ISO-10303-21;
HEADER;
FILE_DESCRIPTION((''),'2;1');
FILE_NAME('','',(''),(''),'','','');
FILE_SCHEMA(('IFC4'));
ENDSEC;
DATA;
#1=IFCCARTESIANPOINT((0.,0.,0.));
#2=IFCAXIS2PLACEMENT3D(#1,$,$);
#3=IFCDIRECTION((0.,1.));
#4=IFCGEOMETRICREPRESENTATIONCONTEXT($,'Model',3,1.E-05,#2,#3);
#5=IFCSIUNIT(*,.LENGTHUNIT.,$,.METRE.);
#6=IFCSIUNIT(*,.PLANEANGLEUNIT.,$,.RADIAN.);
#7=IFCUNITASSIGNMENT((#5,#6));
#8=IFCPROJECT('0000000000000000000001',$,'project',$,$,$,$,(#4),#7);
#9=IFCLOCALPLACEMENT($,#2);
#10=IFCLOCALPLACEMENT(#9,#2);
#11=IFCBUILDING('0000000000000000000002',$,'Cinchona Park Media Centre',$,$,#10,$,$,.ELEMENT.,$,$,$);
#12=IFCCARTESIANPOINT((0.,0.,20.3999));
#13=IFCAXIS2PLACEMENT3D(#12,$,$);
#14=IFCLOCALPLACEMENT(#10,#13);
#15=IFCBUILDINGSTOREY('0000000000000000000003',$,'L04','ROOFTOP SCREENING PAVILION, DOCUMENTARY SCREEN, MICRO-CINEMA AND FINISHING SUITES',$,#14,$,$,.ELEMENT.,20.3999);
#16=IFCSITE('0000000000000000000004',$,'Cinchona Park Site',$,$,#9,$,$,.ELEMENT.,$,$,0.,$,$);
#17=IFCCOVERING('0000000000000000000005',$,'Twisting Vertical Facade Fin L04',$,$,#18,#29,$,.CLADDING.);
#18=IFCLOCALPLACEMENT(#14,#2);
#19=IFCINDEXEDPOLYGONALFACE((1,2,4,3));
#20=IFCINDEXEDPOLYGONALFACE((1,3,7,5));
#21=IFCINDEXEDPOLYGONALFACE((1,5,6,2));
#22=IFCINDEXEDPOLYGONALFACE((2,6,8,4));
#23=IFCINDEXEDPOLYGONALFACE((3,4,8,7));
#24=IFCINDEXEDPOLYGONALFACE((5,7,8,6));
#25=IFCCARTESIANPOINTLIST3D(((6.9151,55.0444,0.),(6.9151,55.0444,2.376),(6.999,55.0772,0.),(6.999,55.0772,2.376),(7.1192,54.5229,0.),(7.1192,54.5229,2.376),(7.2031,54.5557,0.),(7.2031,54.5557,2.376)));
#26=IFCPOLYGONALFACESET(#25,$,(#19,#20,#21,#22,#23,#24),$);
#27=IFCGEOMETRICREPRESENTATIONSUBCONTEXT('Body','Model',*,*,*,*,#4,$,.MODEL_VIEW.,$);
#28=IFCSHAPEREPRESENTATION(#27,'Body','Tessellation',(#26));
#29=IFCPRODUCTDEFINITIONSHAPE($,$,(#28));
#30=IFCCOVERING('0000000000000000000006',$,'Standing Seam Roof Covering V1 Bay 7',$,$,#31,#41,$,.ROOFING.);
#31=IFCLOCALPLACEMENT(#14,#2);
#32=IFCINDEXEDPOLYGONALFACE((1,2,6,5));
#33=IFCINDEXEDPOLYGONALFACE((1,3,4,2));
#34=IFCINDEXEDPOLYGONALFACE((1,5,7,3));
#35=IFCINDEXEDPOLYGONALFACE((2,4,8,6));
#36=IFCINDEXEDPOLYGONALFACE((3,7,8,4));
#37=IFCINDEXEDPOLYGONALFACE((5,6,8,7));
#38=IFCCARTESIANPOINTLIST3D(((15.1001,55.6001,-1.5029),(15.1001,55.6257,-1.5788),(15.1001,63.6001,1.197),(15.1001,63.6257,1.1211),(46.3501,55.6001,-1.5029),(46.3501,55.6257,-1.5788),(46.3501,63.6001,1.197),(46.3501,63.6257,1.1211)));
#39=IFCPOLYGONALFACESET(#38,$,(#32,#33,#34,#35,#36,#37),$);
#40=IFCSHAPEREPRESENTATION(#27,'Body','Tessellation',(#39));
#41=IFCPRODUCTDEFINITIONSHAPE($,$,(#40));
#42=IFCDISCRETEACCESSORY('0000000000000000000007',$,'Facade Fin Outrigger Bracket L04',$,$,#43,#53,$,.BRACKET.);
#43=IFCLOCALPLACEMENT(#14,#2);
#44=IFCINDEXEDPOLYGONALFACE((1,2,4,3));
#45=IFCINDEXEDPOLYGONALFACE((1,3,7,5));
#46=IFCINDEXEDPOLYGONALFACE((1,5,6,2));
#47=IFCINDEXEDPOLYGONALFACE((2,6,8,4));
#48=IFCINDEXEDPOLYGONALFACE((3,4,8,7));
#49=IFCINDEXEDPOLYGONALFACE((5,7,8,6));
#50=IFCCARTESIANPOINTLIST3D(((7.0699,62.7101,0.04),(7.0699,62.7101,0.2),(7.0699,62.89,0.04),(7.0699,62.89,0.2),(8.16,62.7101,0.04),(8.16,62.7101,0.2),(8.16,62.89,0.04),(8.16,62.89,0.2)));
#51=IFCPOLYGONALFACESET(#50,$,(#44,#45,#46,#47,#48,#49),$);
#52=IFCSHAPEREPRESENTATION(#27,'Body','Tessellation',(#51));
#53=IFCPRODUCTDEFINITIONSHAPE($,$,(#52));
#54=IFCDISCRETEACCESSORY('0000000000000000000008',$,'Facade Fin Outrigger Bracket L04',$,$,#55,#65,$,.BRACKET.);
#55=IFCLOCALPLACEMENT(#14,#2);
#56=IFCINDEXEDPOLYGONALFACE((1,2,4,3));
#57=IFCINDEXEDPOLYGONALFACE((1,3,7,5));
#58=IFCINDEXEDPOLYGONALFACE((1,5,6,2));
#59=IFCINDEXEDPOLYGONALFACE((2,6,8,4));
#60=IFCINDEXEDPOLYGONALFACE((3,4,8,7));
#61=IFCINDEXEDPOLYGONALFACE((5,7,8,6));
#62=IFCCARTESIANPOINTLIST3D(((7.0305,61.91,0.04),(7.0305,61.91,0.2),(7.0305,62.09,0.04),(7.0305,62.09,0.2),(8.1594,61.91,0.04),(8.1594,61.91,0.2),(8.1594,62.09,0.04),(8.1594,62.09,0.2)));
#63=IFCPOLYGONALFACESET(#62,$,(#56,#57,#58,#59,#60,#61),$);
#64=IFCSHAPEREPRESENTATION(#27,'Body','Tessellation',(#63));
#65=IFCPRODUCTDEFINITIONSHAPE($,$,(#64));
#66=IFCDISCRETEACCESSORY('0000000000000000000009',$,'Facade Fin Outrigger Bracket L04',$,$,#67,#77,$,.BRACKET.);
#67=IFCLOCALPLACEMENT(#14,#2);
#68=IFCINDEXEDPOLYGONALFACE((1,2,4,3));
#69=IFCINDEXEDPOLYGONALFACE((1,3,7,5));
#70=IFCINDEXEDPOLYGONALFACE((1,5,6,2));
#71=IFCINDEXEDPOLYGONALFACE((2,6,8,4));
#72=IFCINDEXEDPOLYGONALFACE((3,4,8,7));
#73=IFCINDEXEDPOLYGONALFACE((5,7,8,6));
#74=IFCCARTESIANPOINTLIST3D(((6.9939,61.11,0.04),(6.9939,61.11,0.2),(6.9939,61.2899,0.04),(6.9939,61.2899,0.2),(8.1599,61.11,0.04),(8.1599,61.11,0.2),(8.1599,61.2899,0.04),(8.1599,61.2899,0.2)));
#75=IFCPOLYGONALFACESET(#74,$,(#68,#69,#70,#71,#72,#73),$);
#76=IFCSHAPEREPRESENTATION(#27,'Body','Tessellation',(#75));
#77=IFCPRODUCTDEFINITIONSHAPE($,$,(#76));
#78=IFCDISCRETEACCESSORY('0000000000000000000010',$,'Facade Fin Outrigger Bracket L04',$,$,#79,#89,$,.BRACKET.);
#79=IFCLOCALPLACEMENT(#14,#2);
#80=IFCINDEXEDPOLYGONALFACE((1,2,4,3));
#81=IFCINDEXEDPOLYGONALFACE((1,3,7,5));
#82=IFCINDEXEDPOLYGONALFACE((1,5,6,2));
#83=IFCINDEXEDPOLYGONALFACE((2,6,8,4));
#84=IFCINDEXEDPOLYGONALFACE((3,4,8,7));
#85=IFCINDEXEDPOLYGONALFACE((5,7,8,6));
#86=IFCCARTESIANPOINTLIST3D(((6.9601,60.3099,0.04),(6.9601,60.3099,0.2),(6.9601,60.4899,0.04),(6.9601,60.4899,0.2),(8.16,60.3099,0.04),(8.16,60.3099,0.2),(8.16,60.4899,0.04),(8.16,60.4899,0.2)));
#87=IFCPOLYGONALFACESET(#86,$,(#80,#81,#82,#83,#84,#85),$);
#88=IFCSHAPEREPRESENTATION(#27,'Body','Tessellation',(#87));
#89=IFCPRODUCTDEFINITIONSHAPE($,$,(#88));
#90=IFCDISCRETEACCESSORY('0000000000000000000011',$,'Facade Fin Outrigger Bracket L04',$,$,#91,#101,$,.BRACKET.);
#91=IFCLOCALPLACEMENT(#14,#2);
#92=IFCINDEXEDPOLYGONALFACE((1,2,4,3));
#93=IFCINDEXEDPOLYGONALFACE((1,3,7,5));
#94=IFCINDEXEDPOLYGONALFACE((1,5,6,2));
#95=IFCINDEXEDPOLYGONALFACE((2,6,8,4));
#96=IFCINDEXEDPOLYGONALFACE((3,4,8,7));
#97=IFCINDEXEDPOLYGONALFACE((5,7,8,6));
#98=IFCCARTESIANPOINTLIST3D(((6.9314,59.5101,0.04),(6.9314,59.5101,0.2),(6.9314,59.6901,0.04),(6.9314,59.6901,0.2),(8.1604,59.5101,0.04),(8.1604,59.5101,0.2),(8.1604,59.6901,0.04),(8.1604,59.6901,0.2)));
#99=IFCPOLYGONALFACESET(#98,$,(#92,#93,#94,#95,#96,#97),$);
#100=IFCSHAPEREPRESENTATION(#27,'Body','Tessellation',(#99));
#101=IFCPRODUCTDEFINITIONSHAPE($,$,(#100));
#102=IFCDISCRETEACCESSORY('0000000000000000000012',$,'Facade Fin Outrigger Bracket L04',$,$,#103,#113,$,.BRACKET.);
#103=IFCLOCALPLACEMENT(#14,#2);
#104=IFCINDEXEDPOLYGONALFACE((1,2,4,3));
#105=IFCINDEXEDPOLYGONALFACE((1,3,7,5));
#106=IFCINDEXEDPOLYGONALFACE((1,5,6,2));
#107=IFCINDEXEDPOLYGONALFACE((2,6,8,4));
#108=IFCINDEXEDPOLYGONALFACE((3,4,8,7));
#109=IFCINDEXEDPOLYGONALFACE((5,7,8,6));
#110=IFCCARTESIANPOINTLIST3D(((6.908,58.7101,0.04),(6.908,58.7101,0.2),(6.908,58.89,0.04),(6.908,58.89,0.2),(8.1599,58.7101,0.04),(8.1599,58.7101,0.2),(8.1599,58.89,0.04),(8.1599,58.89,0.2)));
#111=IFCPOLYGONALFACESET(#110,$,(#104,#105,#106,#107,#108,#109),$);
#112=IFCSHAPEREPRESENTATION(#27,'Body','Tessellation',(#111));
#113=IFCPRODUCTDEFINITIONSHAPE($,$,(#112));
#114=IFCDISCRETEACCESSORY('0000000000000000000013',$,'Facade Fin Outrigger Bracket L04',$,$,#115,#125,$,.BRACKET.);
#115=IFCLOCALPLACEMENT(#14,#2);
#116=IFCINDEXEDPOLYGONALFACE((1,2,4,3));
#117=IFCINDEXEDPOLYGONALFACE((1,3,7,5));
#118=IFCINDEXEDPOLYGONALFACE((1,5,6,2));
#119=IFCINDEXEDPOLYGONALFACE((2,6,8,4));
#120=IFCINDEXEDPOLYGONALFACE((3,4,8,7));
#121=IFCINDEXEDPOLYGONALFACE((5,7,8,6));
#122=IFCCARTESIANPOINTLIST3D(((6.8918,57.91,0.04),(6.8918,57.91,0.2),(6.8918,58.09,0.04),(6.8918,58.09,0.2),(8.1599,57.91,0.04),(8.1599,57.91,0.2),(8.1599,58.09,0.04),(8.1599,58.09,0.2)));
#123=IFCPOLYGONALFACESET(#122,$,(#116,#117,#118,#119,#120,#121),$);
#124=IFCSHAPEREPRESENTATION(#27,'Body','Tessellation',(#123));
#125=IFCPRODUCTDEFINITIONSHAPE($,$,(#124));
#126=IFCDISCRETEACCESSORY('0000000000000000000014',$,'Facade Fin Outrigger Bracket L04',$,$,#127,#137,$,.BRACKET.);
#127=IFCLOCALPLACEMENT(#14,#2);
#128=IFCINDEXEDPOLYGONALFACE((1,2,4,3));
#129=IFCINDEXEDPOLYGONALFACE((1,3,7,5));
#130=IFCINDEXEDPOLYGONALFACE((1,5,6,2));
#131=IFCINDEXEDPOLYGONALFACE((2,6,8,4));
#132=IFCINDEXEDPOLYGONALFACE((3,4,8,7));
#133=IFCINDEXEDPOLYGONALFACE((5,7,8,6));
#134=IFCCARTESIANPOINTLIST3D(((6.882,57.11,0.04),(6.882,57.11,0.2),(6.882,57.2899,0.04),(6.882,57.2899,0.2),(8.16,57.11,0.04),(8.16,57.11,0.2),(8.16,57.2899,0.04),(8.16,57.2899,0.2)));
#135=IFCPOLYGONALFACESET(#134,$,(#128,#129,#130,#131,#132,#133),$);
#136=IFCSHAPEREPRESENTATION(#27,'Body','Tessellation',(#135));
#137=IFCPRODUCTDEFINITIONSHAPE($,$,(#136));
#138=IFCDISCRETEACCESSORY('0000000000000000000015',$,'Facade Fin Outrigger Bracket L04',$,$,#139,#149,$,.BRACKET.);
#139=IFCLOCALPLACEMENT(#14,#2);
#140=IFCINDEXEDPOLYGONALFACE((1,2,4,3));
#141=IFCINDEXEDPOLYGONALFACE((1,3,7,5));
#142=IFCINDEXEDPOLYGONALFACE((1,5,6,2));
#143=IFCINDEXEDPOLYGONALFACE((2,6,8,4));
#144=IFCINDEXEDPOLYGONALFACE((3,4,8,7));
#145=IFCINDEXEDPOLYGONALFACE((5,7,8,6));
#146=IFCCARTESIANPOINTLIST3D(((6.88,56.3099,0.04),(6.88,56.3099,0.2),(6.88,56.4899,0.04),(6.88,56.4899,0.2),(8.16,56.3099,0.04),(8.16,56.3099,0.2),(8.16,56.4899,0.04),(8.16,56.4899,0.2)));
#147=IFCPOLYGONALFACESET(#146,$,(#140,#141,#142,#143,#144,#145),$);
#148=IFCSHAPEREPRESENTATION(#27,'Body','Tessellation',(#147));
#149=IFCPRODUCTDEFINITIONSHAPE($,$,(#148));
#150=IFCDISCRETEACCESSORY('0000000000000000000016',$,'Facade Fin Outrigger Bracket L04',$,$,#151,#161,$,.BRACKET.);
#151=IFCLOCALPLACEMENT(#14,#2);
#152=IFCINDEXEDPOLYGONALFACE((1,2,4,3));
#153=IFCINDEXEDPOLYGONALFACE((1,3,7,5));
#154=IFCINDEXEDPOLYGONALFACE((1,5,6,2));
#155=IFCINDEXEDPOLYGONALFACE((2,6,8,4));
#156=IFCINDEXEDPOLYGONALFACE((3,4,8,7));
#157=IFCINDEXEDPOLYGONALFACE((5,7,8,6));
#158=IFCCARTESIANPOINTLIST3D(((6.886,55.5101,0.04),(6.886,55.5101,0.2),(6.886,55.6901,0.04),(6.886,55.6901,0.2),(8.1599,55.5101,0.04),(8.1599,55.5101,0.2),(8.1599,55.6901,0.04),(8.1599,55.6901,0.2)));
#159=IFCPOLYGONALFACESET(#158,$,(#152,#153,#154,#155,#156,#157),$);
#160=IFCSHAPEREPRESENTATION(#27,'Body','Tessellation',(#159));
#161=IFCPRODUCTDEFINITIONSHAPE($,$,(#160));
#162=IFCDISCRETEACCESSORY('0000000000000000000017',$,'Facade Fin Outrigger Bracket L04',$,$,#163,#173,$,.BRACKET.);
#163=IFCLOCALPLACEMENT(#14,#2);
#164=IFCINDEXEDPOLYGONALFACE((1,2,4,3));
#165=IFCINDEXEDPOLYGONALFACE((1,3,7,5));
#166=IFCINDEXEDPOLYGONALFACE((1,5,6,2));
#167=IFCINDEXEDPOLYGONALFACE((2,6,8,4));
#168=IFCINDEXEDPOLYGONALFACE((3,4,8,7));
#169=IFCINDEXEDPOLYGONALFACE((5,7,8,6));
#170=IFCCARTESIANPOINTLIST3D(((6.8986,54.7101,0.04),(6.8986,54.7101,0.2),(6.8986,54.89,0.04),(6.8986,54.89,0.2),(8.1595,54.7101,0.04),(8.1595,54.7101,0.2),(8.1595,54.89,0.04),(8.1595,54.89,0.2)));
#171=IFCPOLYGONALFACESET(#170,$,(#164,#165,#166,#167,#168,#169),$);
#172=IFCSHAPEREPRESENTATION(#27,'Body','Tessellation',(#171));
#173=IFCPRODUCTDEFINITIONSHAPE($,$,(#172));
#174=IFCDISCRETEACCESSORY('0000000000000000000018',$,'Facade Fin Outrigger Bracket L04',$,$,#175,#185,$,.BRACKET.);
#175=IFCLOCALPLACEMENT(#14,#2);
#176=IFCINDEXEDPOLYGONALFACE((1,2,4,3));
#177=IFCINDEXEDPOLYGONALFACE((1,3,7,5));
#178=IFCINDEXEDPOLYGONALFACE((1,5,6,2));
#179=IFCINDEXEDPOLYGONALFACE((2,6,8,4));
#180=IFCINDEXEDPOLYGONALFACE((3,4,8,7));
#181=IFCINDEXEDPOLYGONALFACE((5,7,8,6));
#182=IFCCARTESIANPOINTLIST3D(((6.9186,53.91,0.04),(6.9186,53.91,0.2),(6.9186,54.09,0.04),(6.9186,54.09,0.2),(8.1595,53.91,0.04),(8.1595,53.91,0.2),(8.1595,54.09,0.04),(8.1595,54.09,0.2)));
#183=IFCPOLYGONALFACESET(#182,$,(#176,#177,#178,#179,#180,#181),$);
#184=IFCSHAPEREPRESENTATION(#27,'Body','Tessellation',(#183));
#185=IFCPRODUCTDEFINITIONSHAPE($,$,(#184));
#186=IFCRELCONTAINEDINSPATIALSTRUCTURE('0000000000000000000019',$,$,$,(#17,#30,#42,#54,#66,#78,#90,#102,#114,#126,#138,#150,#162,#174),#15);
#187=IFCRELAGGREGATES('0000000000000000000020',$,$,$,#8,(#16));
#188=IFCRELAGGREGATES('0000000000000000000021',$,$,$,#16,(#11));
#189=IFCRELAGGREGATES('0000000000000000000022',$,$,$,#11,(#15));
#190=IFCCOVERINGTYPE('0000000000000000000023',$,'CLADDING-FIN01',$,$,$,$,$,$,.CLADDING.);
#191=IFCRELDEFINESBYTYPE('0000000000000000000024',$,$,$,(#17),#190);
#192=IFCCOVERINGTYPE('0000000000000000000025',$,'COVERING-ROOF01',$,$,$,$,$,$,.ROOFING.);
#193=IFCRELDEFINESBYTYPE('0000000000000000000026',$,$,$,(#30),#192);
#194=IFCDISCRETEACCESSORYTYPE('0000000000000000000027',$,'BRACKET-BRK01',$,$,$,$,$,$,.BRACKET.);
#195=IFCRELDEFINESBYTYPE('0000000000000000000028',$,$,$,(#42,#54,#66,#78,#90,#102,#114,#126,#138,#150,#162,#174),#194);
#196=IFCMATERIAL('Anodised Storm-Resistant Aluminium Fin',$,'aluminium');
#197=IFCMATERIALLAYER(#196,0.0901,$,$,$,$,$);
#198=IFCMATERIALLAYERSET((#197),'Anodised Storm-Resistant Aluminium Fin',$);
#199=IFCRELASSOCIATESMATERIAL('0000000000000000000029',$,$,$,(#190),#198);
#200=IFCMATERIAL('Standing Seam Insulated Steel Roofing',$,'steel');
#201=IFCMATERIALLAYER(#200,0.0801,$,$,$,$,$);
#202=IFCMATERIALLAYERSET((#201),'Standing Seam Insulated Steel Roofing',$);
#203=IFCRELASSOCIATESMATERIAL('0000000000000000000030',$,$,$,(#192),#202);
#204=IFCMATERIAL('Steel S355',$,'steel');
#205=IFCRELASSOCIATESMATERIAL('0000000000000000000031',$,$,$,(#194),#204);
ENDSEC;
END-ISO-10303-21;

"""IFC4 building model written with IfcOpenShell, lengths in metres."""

from ifc_helpers import new_model, si_unit, direction, frame, origin, origin_2d, place, context, subcontext, project, spatial, polyline, rectangle, outline, extrude, material, layer, layer_set, type_object, element, save


model = new_model("IFC4")

# Units and contexts
model_context = context("Model", 3, precision=1e-05, world=origin(), true_north=direction((0.0, 1.0)))
body_context = subcontext(model_context, "Body", "Model", "MODEL_VIEW")
ifc_project = project(units=[si_unit("LENGTHUNIT", "METRE"), si_unit("PLANEANGLEUNIT", "RADIAN")], contexts=[model_context])

# Site, building, storey
site_placement = place(None, origin())
site = spatial("IfcSite", under=ifc_project, at=site_placement, Name="Cinchona Park Site", CompositionType="ELEMENT", RefElevation=0.0)
building_placement = place(site_placement, origin())
building = spatial("IfcBuilding", under=site, at=building_placement, Name="Cinchona Park Media Centre", CompositionType="ELEMENT")
storey_placement = place(building_placement, frame((0.0, 0.0, 20.3999)))
storey = spatial("IfcBuildingStorey", under=building, at=storey_placement, Name="L04", Description="ROOFTOP SCREENING PAVILION, DOCUMENTARY SCREEN, MICRO-CINEMA AND FINISHING SUITES", CompositionType="ELEMENT", Elevation=20.3999)

# Coverings
ifc_material_1 = material(Name="Anodised Storm-Resistant Aluminium Fin", Category="aluminium")
ifc_layer_1 = layer(ifc_material_1, 0.0901)
ifc_layer_set_1 = layer_set([ifc_layer_1], Name="Anodised Storm-Resistant Aluminium Fin")
covering_type_1 = type_object("IfcCoveringType", Name="CLADDING-FIN01", PredefinedType="CLADDING", material=ifc_layer_set_1)
covering_1_placement = place(storey_placement, frame((7.0591, 54.8, 0.0), z_axis=(0.0, 0.0, 1.0), x_axis=(0.364389, -0.931247, 0.0)))
element("IfcCovering", 1, at=covering_1_placement, inside=storey, type_object=covering_type_1, Name="Twisting Vertical Facade Fin L04", PredefinedType="CLADDING", context=body_context, shape_type="SweptSolid", body=[
    extrude(rectangle(XDim=0.5601, YDim=0.0901, at=origin_2d()), origin(), (0.0, 0.0, 1.0), 2.376),
])
ifc_material_2 = material(Name="Standing Seam Insulated Steel Roofing", Category="steel")
ifc_layer_2 = layer(ifc_material_2, 0.0801)
ifc_layer_set_2 = layer_set([ifc_layer_2], Name="Standing Seam Insulated Steel Roofing")
covering_type_2 = type_object("IfcCoveringType", Name="COVERING-ROOF01", PredefinedType="ROOFING", material=ifc_layer_set_2)
covering_2_placement = place(storey_placement, frame((15.1001, 55.6001, -1.5029), z_axis=(0.0, -0.319773, 0.947494), x_axis=(1.0, 0.0, 0.0)))
element("IfcCovering", 2, at=covering_2_placement, inside=storey, type_object=covering_type_2, Name="Standing Seam Roof Covering V1 Bay 7", PredefinedType="ROOFING", context=body_context, shape_type="SweptSolid", body=[
    extrude(outline(polyline([(0.0, 0.0), (31.25, 0.0), (31.25, 8.4433), (0.0, 8.4433), (0.0, 0.0)])), origin(), (0.0, 0.0, -1.0), 0.0801),
])

# Discrete accessories
ifc_material_3 = material(Name="Steel S355", Category="steel")
discrete_accessory_type = type_object("IfcDiscreteAccessoryType", Name="BRACKET-BRK01", PredefinedType="BRACKET", material=ifc_material_3)
discrete_accessory_1_placement = place(storey_placement, frame((7.615, 62.8, 0.04), z_axis=(0.0, 0.0, 1.0), x_axis=(0.0, -1.0, 0.0)))
element("IfcDiscreteAccessory", 3, at=discrete_accessory_1_placement, inside=storey, type_object=discrete_accessory_type, Name="Facade Fin Outrigger Bracket L04", PredefinedType="BRACKET", context=body_context, shape_type="SweptSolid", body=[
    extrude(rectangle(XDim=0.1799, YDim=1.0901, at=origin_2d()), origin(), (0.0, 0.0, 1.0), 0.1599),
])
discrete_accessory_2_placement = place(storey_placement, frame((7.595, 62.0, 0.04), z_axis=(0.0, 0.0, 1.0), x_axis=(0.0, -1.0, 0.0)))
element("IfcDiscreteAccessory", 4, at=discrete_accessory_2_placement, inside=storey, type_object=discrete_accessory_type, Name="Facade Fin Outrigger Bracket L04", PredefinedType="BRACKET", context=body_context, shape_type="SweptSolid", body=[
    extrude(rectangle(XDim=0.1799, YDim=1.1289, at=origin_2d()), origin(), (0.0, 0.0, 1.0), 0.1599),
])
discrete_accessory_3_placement = place(storey_placement, frame((7.5769, 61.2, 0.04), z_axis=(0.0, 0.0, 1.0), x_axis=(0.0, -1.0, 0.0)))
element("IfcDiscreteAccessory", 5, at=discrete_accessory_3_placement, inside=storey, type_object=discrete_accessory_type, Name="Facade Fin Outrigger Bracket L04", PredefinedType="BRACKET", context=body_context, shape_type="SweptSolid", body=[
    extrude(rectangle(XDim=0.1799, YDim=1.166, at=origin_2d()), origin(), (0.0, 0.0, 1.0), 0.1599),
])
discrete_accessory_4_placement = place(storey_placement, frame((7.5601, 60.3999, 0.04), z_axis=(0.0, 0.0, 1.0), x_axis=(0.0, -1.0, 0.0)))
element("IfcDiscreteAccessory", 6, at=discrete_accessory_4_placement, inside=storey, type_object=discrete_accessory_type, Name="Facade Fin Outrigger Bracket L04", PredefinedType="BRACKET", context=body_context, shape_type="SweptSolid", body=[
    extrude(rectangle(XDim=0.1799, YDim=1.2, at=origin_2d()), origin(), (0.0, 0.0, 1.0), 0.1599),
])
discrete_accessory_5_placement = place(storey_placement, frame((7.5459, 59.6001, 0.04), z_axis=(0.0, 0.0, 1.0), x_axis=(0.0, -1.0, 0.0)))
element("IfcDiscreteAccessory", 7, at=discrete_accessory_5_placement, inside=storey, type_object=discrete_accessory_type, Name="Facade Fin Outrigger Bracket L04", PredefinedType="BRACKET", context=body_context, shape_type="SweptSolid", body=[
    extrude(rectangle(XDim=0.1799, YDim=1.229, at=origin_2d()), origin(), (0.0, 0.0, 1.0), 0.1599),
])
discrete_accessory_6_placement = place(storey_placement, frame((7.5339, 58.8, 0.04), z_axis=(0.0, 0.0, 1.0), x_axis=(0.0, -1.0, 0.0)))
element("IfcDiscreteAccessory", 8, at=discrete_accessory_6_placement, inside=storey, type_object=discrete_accessory_type, Name="Facade Fin Outrigger Bracket L04", PredefinedType="BRACKET", context=body_context, shape_type="SweptSolid", body=[
    extrude(rectangle(XDim=0.1799, YDim=1.252, at=origin_2d()), origin(), (0.0, 0.0, 1.0), 0.1599),
])
discrete_accessory_7_placement = place(storey_placement, frame((7.5259, 58.0, 0.04), z_axis=(0.0, 0.0, 1.0), x_axis=(0.0, -1.0, 0.0)))
element("IfcDiscreteAccessory", 9, at=discrete_accessory_7_placement, inside=storey, type_object=discrete_accessory_type, Name="Facade Fin Outrigger Bracket L04", PredefinedType="BRACKET", context=body_context, shape_type="SweptSolid", body=[
    extrude(rectangle(XDim=0.1799, YDim=1.2681, at=origin_2d()), origin(), (0.0, 0.0, 1.0), 0.1599),
])
discrete_accessory_8_placement = place(storey_placement, frame((7.521, 57.2, 0.04), z_axis=(0.0, 0.0, 1.0), x_axis=(0.0, -1.0, 0.0)))
element("IfcDiscreteAccessory", 10, at=discrete_accessory_8_placement, inside=storey, type_object=discrete_accessory_type, Name="Facade Fin Outrigger Bracket L04", PredefinedType="BRACKET", context=body_context, shape_type="SweptSolid", body=[
    extrude(rectangle(XDim=0.1799, YDim=1.2781, at=origin_2d()), origin(), (0.0, 0.0, 1.0), 0.1599),
])
discrete_accessory_9_placement = place(storey_placement, frame((7.52, 56.3999, 0.04), z_axis=(0.0, 0.0, 1.0), x_axis=(0.0, -1.0, 0.0)))
element("IfcDiscreteAccessory", 11, at=discrete_accessory_9_placement, inside=storey, type_object=discrete_accessory_type, Name="Facade Fin Outrigger Bracket L04", PredefinedType="BRACKET", context=body_context, shape_type="SweptSolid", body=[
    extrude(rectangle(XDim=0.1799, YDim=1.28, at=origin_2d()), origin(), (0.0, 0.0, 1.0), 0.1599),
])
discrete_accessory_10_placement = place(storey_placement, frame((7.5229, 55.6001, 0.04), z_axis=(0.0, 0.0, 1.0), x_axis=(0.0, -1.0, 0.0)))
element("IfcDiscreteAccessory", 12, at=discrete_accessory_10_placement, inside=storey, type_object=discrete_accessory_type, Name="Facade Fin Outrigger Bracket L04", PredefinedType="BRACKET", context=body_context, shape_type="SweptSolid", body=[
    extrude(rectangle(XDim=0.1799, YDim=1.2739, at=origin_2d()), origin(), (0.0, 0.0, 1.0), 0.1599),
])
discrete_accessory_11_placement = place(storey_placement, frame((7.5291, 54.8, 0.04), z_axis=(0.0, 0.0, 1.0), x_axis=(0.0, -1.0, 0.0)))
element("IfcDiscreteAccessory", 13, at=discrete_accessory_11_placement, inside=storey, type_object=discrete_accessory_type, Name="Facade Fin Outrigger Bracket L04", PredefinedType="BRACKET", context=body_context, shape_type="SweptSolid", body=[
    extrude(rectangle(XDim=0.1799, YDim=1.261, at=origin_2d()), origin(), (0.0, 0.0, 1.0), 0.1599),
])
discrete_accessory_12_placement = place(storey_placement, frame((7.5391, 54.0, 0.04), z_axis=(0.0, 0.0, 1.0), x_axis=(0.0, -1.0, 0.0)))
element("IfcDiscreteAccessory", 14, at=discrete_accessory_12_placement, inside=storey, type_object=discrete_accessory_type, Name="Facade Fin Outrigger Bracket L04", PredefinedType="BRACKET", context=body_context, shape_type="SweptSolid", body=[
    extrude(rectangle(XDim=0.1799, YDim=1.241, at=origin_2d()), origin(), (0.0, 0.0, 1.0), 0.1599),
])

save(model, "model.ifc")
